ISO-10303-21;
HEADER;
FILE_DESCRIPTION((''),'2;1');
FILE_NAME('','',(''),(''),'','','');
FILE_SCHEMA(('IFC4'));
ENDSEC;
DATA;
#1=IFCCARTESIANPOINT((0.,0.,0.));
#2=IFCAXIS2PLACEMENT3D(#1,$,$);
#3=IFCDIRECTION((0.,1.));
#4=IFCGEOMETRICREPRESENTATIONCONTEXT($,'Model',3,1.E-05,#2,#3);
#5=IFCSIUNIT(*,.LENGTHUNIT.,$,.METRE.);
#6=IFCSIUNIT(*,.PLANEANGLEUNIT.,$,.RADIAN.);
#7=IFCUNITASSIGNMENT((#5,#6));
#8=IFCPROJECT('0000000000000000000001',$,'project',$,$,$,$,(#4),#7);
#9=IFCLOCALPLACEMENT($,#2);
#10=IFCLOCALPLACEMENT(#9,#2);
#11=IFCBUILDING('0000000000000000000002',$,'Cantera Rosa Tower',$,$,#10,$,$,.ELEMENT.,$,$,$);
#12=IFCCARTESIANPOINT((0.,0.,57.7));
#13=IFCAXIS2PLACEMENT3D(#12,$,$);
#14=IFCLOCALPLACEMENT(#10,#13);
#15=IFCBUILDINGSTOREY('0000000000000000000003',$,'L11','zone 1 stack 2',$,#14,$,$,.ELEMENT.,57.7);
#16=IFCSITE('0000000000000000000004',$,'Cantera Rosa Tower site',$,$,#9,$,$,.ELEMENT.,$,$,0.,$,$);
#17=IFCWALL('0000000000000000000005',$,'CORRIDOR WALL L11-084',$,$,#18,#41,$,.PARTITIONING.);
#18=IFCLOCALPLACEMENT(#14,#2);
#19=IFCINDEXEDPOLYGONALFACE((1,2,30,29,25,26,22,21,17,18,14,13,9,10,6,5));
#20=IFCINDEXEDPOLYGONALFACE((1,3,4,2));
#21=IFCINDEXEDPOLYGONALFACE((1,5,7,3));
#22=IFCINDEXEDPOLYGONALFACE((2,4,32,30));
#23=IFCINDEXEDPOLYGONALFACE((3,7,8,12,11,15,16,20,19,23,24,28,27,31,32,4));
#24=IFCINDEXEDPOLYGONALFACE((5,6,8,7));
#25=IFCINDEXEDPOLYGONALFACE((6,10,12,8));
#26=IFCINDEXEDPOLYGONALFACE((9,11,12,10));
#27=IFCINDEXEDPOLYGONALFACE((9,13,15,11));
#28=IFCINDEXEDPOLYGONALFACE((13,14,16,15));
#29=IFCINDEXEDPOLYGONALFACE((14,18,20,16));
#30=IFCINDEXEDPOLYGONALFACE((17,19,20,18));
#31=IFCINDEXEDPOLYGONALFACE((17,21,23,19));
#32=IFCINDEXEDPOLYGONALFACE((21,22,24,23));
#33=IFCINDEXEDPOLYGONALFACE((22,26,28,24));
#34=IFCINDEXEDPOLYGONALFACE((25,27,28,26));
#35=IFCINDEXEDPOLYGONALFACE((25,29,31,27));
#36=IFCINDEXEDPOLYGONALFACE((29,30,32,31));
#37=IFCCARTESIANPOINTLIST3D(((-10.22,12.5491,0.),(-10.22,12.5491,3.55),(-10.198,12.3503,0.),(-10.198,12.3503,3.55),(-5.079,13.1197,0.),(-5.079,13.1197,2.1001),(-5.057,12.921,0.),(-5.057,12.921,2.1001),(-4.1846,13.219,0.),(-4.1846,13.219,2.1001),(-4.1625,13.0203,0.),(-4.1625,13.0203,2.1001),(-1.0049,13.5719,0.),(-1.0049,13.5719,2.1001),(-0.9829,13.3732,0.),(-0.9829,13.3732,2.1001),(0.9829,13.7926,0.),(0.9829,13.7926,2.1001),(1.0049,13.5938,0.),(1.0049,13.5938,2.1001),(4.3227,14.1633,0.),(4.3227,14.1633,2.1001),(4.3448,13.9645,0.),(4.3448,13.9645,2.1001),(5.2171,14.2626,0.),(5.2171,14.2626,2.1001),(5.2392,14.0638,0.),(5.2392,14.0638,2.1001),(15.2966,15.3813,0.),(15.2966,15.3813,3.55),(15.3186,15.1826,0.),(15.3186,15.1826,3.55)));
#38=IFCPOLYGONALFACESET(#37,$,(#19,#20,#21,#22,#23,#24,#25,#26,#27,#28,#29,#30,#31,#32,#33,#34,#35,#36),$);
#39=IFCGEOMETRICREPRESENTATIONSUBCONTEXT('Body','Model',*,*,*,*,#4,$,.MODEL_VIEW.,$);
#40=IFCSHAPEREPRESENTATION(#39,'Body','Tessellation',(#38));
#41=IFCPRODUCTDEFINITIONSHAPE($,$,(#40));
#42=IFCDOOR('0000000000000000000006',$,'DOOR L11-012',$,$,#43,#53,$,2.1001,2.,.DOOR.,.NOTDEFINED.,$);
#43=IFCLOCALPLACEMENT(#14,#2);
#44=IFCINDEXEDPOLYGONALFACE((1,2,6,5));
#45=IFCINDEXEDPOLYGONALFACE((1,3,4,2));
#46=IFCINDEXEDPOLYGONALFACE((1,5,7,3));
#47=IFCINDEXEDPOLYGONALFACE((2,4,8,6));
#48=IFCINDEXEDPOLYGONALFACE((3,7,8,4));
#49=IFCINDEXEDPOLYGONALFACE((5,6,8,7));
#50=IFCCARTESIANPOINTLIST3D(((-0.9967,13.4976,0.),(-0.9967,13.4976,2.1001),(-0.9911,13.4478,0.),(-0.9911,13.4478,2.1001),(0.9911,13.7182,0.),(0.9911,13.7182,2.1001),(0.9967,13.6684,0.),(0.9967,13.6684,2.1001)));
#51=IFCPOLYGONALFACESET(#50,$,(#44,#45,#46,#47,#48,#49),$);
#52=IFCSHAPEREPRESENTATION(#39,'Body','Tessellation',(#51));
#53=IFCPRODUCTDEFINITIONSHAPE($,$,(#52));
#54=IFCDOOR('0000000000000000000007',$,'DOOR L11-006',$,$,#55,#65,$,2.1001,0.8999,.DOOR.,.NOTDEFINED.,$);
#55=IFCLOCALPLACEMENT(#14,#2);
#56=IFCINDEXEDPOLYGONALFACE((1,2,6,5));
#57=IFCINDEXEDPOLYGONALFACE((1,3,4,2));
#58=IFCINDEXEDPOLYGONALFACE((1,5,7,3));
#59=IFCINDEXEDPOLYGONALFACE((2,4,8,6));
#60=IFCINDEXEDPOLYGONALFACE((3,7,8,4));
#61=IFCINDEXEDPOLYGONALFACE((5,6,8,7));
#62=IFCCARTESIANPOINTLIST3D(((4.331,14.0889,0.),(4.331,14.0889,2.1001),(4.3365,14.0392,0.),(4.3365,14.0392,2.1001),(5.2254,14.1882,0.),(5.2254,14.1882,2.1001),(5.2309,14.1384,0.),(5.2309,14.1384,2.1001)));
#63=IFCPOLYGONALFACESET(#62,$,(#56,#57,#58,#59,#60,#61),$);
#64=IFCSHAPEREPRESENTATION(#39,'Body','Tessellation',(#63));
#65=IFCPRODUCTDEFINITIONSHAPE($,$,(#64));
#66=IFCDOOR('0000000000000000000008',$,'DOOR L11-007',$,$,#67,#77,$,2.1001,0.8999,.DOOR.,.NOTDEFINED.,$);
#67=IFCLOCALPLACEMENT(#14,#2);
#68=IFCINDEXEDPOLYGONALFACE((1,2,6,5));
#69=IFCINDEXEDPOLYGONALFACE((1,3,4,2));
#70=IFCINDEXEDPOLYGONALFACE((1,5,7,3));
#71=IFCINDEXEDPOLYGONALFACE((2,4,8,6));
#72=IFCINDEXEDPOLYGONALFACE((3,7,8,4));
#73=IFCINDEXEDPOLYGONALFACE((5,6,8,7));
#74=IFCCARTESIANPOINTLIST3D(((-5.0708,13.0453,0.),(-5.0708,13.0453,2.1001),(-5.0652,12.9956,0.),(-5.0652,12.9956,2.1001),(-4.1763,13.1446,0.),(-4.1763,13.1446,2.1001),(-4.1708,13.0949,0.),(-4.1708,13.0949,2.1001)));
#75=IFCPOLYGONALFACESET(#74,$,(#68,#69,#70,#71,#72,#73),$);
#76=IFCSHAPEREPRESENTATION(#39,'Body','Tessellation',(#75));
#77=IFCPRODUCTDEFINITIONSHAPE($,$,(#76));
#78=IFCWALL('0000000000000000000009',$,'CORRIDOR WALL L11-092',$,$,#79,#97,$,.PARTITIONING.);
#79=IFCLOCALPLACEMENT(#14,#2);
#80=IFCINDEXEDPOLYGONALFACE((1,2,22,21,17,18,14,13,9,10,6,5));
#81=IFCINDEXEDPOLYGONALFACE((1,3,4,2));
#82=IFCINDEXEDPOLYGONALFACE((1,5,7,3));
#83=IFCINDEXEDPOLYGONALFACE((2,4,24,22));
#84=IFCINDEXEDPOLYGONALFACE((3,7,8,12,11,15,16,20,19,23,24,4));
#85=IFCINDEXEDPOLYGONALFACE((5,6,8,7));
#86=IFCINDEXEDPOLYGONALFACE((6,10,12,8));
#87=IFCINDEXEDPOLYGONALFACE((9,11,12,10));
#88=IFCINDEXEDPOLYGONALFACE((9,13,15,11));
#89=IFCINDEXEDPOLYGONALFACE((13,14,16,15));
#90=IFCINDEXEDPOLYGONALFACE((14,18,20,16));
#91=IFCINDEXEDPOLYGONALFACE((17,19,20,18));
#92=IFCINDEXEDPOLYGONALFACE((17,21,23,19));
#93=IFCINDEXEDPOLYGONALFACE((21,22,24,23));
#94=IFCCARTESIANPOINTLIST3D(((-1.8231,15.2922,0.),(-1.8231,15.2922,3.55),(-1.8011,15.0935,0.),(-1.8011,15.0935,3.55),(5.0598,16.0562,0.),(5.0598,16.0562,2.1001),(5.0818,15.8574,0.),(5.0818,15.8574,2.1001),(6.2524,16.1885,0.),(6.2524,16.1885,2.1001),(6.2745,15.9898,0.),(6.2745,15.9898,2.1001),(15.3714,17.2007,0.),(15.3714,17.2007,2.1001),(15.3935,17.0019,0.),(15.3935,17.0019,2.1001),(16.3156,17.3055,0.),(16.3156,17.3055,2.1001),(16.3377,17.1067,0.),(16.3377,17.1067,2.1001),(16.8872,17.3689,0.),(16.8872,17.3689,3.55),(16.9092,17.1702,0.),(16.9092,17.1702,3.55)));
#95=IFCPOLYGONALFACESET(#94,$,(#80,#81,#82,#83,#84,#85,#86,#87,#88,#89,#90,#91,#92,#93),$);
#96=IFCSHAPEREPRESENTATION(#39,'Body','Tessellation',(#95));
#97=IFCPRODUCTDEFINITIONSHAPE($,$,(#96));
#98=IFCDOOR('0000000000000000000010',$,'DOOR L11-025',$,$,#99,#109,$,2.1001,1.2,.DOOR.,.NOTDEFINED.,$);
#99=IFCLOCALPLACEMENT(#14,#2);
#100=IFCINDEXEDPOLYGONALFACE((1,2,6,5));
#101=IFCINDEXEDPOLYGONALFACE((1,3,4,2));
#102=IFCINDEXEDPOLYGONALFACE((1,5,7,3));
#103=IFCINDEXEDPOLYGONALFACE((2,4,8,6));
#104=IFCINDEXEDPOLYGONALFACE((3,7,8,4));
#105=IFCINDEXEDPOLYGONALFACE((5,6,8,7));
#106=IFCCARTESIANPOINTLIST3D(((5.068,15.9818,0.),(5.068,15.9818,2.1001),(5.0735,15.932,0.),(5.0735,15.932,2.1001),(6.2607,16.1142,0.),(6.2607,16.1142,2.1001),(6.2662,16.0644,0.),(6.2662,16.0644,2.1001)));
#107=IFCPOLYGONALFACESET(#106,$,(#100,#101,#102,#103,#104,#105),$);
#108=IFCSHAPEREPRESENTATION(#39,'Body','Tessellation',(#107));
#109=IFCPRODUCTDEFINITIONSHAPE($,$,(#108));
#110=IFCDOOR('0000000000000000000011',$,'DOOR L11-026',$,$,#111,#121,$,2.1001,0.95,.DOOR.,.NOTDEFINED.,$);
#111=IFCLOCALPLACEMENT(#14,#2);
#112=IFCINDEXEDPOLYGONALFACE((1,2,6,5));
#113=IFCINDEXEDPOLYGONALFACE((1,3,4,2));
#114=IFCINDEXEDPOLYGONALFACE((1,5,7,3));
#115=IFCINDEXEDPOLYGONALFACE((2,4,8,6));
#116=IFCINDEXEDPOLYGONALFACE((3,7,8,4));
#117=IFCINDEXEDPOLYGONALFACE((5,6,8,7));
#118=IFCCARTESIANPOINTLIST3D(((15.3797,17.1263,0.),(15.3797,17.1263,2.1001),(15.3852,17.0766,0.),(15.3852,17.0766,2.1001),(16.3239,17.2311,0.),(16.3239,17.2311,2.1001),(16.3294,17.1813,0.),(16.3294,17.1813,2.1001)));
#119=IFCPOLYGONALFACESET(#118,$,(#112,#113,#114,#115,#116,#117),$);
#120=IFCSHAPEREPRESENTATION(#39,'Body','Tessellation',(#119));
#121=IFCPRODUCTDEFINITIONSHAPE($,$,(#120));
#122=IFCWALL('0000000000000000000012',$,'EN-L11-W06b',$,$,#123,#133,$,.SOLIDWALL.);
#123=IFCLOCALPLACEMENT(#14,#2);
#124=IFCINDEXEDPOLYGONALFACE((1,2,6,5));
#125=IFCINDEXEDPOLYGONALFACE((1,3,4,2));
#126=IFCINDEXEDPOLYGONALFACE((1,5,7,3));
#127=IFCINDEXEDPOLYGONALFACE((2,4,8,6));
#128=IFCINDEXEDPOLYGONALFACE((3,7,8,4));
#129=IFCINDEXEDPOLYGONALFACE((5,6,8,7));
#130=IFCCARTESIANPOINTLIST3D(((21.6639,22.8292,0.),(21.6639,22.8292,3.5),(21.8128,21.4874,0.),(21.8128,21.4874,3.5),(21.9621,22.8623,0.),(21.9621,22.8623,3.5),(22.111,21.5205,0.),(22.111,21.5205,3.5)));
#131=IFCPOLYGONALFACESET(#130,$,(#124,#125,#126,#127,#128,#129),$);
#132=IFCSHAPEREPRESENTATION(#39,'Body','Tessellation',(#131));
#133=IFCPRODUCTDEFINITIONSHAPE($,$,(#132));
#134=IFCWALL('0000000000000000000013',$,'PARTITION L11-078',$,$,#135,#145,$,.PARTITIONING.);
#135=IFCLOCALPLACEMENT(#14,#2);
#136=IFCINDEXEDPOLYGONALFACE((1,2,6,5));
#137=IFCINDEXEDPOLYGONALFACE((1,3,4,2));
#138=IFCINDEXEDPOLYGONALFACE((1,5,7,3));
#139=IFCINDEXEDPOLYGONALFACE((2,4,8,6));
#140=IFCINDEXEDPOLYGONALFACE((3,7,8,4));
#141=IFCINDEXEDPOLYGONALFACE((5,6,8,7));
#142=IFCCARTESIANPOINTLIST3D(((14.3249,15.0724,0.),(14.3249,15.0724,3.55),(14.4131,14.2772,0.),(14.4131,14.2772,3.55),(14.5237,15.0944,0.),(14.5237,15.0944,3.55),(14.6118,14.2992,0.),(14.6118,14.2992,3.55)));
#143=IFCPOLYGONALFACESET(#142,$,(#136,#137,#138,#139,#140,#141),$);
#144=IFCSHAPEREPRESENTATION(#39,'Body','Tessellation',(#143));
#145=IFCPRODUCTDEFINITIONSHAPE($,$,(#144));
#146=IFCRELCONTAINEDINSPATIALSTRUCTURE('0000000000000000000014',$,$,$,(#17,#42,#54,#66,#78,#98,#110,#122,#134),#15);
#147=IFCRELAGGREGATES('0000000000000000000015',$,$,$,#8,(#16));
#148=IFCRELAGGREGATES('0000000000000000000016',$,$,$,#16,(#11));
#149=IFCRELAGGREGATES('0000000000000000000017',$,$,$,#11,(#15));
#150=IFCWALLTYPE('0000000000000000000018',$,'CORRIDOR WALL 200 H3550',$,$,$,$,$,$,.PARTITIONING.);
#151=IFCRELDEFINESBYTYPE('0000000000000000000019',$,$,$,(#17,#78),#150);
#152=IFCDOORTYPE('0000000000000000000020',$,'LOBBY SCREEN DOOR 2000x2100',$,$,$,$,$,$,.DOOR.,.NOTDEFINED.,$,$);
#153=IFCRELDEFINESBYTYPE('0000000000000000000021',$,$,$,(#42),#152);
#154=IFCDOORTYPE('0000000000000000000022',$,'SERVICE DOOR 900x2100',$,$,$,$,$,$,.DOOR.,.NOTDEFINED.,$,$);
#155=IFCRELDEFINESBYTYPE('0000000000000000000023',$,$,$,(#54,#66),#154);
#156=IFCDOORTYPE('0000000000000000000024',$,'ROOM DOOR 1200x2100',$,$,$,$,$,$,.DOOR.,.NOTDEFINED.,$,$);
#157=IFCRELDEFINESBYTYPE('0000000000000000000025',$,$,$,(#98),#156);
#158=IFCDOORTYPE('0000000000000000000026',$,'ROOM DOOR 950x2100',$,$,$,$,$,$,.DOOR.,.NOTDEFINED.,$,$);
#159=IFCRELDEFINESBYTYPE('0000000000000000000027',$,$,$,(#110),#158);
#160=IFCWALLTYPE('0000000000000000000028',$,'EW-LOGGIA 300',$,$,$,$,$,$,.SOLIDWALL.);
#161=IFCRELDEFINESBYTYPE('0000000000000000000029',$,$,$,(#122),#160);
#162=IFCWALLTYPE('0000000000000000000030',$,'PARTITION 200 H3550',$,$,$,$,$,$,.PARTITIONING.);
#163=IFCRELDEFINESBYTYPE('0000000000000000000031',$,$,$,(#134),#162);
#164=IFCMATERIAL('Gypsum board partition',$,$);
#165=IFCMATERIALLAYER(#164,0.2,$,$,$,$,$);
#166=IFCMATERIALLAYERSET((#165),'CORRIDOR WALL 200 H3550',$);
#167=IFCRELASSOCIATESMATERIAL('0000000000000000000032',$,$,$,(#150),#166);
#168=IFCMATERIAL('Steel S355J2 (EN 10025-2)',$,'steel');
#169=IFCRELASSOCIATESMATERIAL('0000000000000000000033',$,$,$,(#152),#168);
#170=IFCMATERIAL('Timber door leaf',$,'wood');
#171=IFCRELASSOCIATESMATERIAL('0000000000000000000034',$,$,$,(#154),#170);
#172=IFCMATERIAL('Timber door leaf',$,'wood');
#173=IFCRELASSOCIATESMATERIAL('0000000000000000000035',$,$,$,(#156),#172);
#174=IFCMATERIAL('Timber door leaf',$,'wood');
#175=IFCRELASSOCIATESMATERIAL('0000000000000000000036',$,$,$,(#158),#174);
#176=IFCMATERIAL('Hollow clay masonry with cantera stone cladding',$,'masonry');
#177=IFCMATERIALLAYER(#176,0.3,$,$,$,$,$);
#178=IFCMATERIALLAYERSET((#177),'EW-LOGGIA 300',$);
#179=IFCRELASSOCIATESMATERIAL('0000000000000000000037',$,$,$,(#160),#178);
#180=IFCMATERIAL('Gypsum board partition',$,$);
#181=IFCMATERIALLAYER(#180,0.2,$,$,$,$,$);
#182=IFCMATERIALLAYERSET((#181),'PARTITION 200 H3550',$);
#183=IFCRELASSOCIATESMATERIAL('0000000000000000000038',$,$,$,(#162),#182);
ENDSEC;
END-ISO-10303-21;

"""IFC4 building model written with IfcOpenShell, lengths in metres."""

from ifc_helpers import new_model, si_unit, direction, frame, frame_2d, origin, place, context, subcontext, project, spatial, rectangle, extrude, material, layer, layer_set, type_object, element, fill, save


model = new_model("IFC4")

# Units and contexts
model_context = context("Model", 3, precision=1e-05, world=origin(), true_north=direction((0.0, 1.0)))
body_context = subcontext(model_context, "Body", "Model", "MODEL_VIEW")
ifc_project = project(units=[si_unit("LENGTHUNIT", "METRE"), si_unit("PLANEANGLEUNIT", "RADIAN")], contexts=[model_context])

# Site, building, storey
site_placement = place(None, origin())
site = spatial("IfcSite", under=ifc_project, at=site_placement, Name="Cantera Rosa Tower site", CompositionType="ELEMENT", RefElevation=0.0)
building_placement = place(site_placement, origin())
building = spatial("IfcBuilding", under=site, at=building_placement, Name="Cantera Rosa Tower", CompositionType="ELEMENT")
storey_placement = place(building_placement, frame((0.0, 0.0, 57.7)))
storey = spatial("IfcBuildingStorey", under=building, at=storey_placement, Name="L11", Description="zone 1 stack 2", CompositionType="ELEMENT", Elevation=57.7)

# Walls, openings, doors
ifc_material_1 = material(Name="Gypsum board partition")
ifc_layer_1 = layer(ifc_material_1, 0.2)
ifc_layer_set_1 = layer_set([ifc_layer_1], Name="CORRIDOR WALL 200 H3550")
wall_type_1 = type_object("IfcWallType", Name="CORRIDOR WALL 200 H3550", PredefinedType="PARTITIONING", material=ifc_layer_set_1)
wall_1_placement = place(storey_placement, frame((15.3076, 15.282, 0.0), z_axis=(0.0, 0.0, 1.0), x_axis=(-0.993896, -0.11032, 0.0)))
wall_1 = element("IfcWall", 1, at=wall_1_placement, inside=storey, type_object=wall_type_1, Name="CORRIDOR WALL L11-084", PredefinedType="PARTITIONING", context=body_context, shape_type="SweptSolid", body=[
    extrude(rectangle(XDim=25.6733, YDim=0.2, at=frame_2d((12.8367, 0.0))), origin(), (0.0, 0.0, 1.0), 3.55),
])
opening_1_placement = place(wall_1_placement, frame((10.1414, 0.0, 0.0)))
opening_1 = element("IfcOpeningElement", 2, at=opening_1_placement, cuts=wall_1, PredefinedType="OPENING", context=body_context, shape_type="SweptSolid", body=[
    extrude(rectangle(XDim=0.8999, YDim=2.1001, at=frame_2d((0.45, 1.05))), frame((0.0, 0.1099, 0.0), z_axis=(0.0, -1.0, 0.0), x_axis=(1.0, 0.0, 0.0)), (0.0, 0.0, 1.0), 0.22),
])
opening_2_placement = place(wall_1_placement, frame((19.6008, 0.0, 0.0)))
opening_2 = element("IfcOpeningElement", 3, at=opening_2_placement, cuts=wall_1, PredefinedType="OPENING", context=body_context, shape_type="SweptSolid", body=[
    extrude(rectangle(XDim=0.8999, YDim=2.1001, at=frame_2d((0.45, 1.05))), frame((0.0, 0.1099, 0.0), z_axis=(0.0, -1.0, 0.0), x_axis=(1.0, 0.0, 0.0)), (0.0, 0.0, 1.0), 0.22),
])
opening_3_placement = place(wall_1_placement, frame((14.4016, 0.0, 0.0)))
opening_3 = element("IfcOpeningElement", 4, at=opening_3_placement, cuts=wall_1, PredefinedType="OPENING", context=body_context, shape_type="SweptSolid", body=[
    extrude(rectangle(XDim=2.0, YDim=2.1001, at=frame_2d((1.0, 1.05))), frame((0.0, 0.1099, 0.0), z_axis=(0.0, -1.0, 0.0), x_axis=(1.0, 0.0, 0.0)), (0.0, 0.0, 1.0), 0.22),
])
ifc_material_2 = material(Name="Steel S355J2 (EN 10025-2)", Category="steel")
door_type_1 = type_object("IfcDoorType", Name="LOBBY SCREEN DOOR 2000x2100", OperationType="NOTDEFINED", PredefinedType="DOOR", material=ifc_material_2)
door_1_placement = place(opening_3_placement, origin())
door_1 = element("IfcDoor", 5, at=door_1_placement, inside=storey, type_object=door_type_1, Name="DOOR L11-012", OperationType="NOTDEFINED", OverallHeight=2.1001, OverallWidth=2.0, PredefinedType="DOOR", context=body_context, shape_type="SweptSolid", body=[
    extrude(rectangle(XDim=2.0, YDim=2.1001, at=frame_2d((1.0, 1.05))), frame((0.0, 0.0249, 0.0), z_axis=(0.0, -1.0, 0.0), x_axis=(1.0, 0.0, 0.0)), (0.0, 0.0, 1.0), 0.05),
])
fill(opening_3, door_1)
ifc_material_3 = material(Name="Timber door leaf", Category="wood")
door_type_2 = type_object("IfcDoorType", Name="SERVICE DOOR 900x2100", OperationType="NOTDEFINED", PredefinedType="DOOR", material=ifc_material_3)
door_2_placement = place(opening_1_placement, origin())
door_2 = element("IfcDoor", 6, at=door_2_placement, inside=storey, type_object=door_type_2, Name="DOOR L11-006", OperationType="NOTDEFINED", OverallHeight=2.1001, OverallWidth=0.8999, PredefinedType="DOOR", context=body_context, shape_type="SweptSolid", body=[
    extrude(rectangle(XDim=0.8999, YDim=2.1001, at=frame_2d((0.45, 1.05))), frame((0.0, 0.0249, 0.0), z_axis=(0.0, -1.0, 0.0), x_axis=(1.0, 0.0, 0.0)), (0.0, 0.0, 1.0), 0.05),
])
fill(opening_1, door_2)
door_3_placement = place(opening_2_placement, origin())
door_3 = element("IfcDoor", 7, at=door_3_placement, inside=storey, type_object=door_type_2, Name="DOOR L11-007", OperationType="NOTDEFINED", OverallHeight=2.1001, OverallWidth=0.8999, PredefinedType="DOOR", context=body_context, shape_type="SweptSolid", body=[
    extrude(rectangle(XDim=0.8999, YDim=2.1001, at=frame_2d((0.45, 1.05))), frame((0.0, 0.0249, 0.0), z_axis=(0.0, -1.0, 0.0), x_axis=(1.0, 0.0, 0.0)), (0.0, 0.0, 1.0), 0.05),
])
fill(opening_2, door_3)
wall_2_placement = place(storey_placement, frame((16.8982, 17.2695, 0.0), z_axis=(0.0, 0.0, 1.0), x_axis=(-0.993897, -0.110313, 0.0)))
wall_2 = element("IfcWall", 8, at=wall_2_placement, inside=storey, type_object=wall_type_1, Name="CORRIDOR WALL L11-092", PredefinedType="PARTITIONING", context=body_context, shape_type="SweptSolid", body=[
    extrude(rectangle(XDim=18.8252, YDim=0.2, at=frame_2d((9.4126, 0.0))), origin(), (0.0, 0.0, 1.0), 3.55),
])
opening_4_placement = place(wall_2_placement, frame((10.7, 0.0, 0.0)))
opening_4 = element("IfcOpeningElement", 9, at=opening_4_placement, cuts=wall_2, PredefinedType="OPENING", context=body_context, shape_type="SweptSolid", body=[
    extrude(rectangle(XDim=1.2, YDim=2.1001, at=frame_2d((0.6001, 1.05))), frame((0.0, 0.1099, 0.0), z_axis=(0.0, -1.0, 0.0), x_axis=(1.0, 0.0, 0.0)), (0.0, 0.0, 1.0), 0.22),
])
opening_5_placement = place(wall_2_placement, frame((0.575, 0.0, 0.0)))
opening_5 = element("IfcOpeningElement", 10, at=opening_5_placement, cuts=wall_2, PredefinedType="OPENING", context=body_context, shape_type="SweptSolid", body=[
    extrude(rectangle(XDim=0.95, YDim=2.1001, at=frame_2d((0.4751, 1.05))), frame((0.0, 0.1099, 0.0), z_axis=(0.0, -1.0, 0.0), x_axis=(1.0, 0.0, 0.0)), (0.0, 0.0, 1.0), 0.22),
])
ifc_material_4 = material(Name="Timber door leaf", Category="wood")
door_type_3 = type_object("IfcDoorType", Name="ROOM DOOR 1200x2100", OperationType="NOTDEFINED", PredefinedType="DOOR", material=ifc_material_4)
door_4_placement = place(opening_4_placement, origin())
door_4 = element("IfcDoor", 11, at=door_4_placement, inside=storey, type_object=door_type_3, Name="DOOR L11-025", OperationType="NOTDEFINED", OverallHeight=2.1001, OverallWidth=1.2, PredefinedType="DOOR", context=body_context, shape_type="SweptSolid", body=[
    extrude(rectangle(XDim=1.2, YDim=2.1001, at=frame_2d((0.6001, 1.05))), frame((0.0, 0.0249, 0.0), z_axis=(0.0, -1.0, 0.0), x_axis=(1.0, 0.0, 0.0)), (0.0, 0.0, 1.0), 0.05),
])
fill(opening_4, door_4)
ifc_material_5 = material(Name="Timber door leaf", Category="wood")
door_type_4 = type_object("IfcDoorType", Name="ROOM DOOR 950x2100", OperationType="NOTDEFINED", PredefinedType="DOOR", material=ifc_material_5)
door_5_placement = place(opening_5_placement, origin())
door_5 = element("IfcDoor", 12, at=door_5_placement, inside=storey, type_object=door_type_4, Name="DOOR L11-026", OperationType="NOTDEFINED", OverallHeight=2.1001, OverallWidth=0.95, PredefinedType="DOOR", context=body_context, shape_type="SweptSolid", body=[
    extrude(rectangle(XDim=0.95, YDim=2.1001, at=frame_2d((0.4751, 1.05))), frame((0.0, 0.0249, 0.0), z_axis=(0.0, -1.0, 0.0), x_axis=(1.0, 0.0, 0.0)), (0.0, 0.0, 1.0), 0.05),
])
fill(opening_5, door_5)

# Wall
ifc_material_6 = material(Name="Hollow clay masonry with cantera stone cladding", Category="masonry")
ifc_layer_2 = layer(ifc_material_6, 0.3)
ifc_layer_set_2 = layer_set([ifc_layer_2], Name="EW-LOGGIA 300")
wall_type_2 = type_object("IfcWallType", Name="EW-LOGGIA 300", PredefinedType="SOLIDWALL", material=ifc_layer_set_2)
wall_3_placement = place(storey_placement, frame((21.9619, 21.5039, 0.0), z_axis=(0.0, 0.0, 1.0), x_axis=(-0.110312, 0.993897, 0.0)))
element("IfcWall", 13, at=wall_3_placement, inside=storey, type_object=wall_type_2, Name="EN-L11-W06b", PredefinedType="SOLIDWALL", context=body_context, shape_type="SweptSolid", body=[
    extrude(rectangle(XDim=1.3501, YDim=0.3, at=frame_2d((0.675, 0.0))), origin(), (0.0, 0.0, 1.0), 3.5),
])

# Wall
ifc_material_7 = material(Name="Gypsum board partition")
ifc_layer_3 = layer(ifc_material_7, 0.2)
ifc_layer_set_3 = layer_set([ifc_layer_3], Name="PARTITION 200 H3550")
wall_type_3 = type_object("IfcWallType", Name="PARTITION 200 H3550", PredefinedType="PARTITIONING", material=ifc_layer_set_3)
wall_4_placement = place(storey_placement, frame((14.4243, 15.0833, 0.0), z_axis=(0.0, 0.0, 1.0), x_axis=(0.110164, -0.993913, 0.0)))
element("IfcWall", 14, at=wall_4_placement, inside=storey, type_object=wall_type_3, Name="PARTITION L11-078", PredefinedType="PARTITIONING", context=body_context, shape_type="SweptSolid", body=[
    extrude(rectangle(XDim=0.8, YDim=0.2, at=frame_2d((0.3999, 0.0))), origin(), (0.0, 0.0, 1.0), 3.55),
])

save(model, "model.ifc")
